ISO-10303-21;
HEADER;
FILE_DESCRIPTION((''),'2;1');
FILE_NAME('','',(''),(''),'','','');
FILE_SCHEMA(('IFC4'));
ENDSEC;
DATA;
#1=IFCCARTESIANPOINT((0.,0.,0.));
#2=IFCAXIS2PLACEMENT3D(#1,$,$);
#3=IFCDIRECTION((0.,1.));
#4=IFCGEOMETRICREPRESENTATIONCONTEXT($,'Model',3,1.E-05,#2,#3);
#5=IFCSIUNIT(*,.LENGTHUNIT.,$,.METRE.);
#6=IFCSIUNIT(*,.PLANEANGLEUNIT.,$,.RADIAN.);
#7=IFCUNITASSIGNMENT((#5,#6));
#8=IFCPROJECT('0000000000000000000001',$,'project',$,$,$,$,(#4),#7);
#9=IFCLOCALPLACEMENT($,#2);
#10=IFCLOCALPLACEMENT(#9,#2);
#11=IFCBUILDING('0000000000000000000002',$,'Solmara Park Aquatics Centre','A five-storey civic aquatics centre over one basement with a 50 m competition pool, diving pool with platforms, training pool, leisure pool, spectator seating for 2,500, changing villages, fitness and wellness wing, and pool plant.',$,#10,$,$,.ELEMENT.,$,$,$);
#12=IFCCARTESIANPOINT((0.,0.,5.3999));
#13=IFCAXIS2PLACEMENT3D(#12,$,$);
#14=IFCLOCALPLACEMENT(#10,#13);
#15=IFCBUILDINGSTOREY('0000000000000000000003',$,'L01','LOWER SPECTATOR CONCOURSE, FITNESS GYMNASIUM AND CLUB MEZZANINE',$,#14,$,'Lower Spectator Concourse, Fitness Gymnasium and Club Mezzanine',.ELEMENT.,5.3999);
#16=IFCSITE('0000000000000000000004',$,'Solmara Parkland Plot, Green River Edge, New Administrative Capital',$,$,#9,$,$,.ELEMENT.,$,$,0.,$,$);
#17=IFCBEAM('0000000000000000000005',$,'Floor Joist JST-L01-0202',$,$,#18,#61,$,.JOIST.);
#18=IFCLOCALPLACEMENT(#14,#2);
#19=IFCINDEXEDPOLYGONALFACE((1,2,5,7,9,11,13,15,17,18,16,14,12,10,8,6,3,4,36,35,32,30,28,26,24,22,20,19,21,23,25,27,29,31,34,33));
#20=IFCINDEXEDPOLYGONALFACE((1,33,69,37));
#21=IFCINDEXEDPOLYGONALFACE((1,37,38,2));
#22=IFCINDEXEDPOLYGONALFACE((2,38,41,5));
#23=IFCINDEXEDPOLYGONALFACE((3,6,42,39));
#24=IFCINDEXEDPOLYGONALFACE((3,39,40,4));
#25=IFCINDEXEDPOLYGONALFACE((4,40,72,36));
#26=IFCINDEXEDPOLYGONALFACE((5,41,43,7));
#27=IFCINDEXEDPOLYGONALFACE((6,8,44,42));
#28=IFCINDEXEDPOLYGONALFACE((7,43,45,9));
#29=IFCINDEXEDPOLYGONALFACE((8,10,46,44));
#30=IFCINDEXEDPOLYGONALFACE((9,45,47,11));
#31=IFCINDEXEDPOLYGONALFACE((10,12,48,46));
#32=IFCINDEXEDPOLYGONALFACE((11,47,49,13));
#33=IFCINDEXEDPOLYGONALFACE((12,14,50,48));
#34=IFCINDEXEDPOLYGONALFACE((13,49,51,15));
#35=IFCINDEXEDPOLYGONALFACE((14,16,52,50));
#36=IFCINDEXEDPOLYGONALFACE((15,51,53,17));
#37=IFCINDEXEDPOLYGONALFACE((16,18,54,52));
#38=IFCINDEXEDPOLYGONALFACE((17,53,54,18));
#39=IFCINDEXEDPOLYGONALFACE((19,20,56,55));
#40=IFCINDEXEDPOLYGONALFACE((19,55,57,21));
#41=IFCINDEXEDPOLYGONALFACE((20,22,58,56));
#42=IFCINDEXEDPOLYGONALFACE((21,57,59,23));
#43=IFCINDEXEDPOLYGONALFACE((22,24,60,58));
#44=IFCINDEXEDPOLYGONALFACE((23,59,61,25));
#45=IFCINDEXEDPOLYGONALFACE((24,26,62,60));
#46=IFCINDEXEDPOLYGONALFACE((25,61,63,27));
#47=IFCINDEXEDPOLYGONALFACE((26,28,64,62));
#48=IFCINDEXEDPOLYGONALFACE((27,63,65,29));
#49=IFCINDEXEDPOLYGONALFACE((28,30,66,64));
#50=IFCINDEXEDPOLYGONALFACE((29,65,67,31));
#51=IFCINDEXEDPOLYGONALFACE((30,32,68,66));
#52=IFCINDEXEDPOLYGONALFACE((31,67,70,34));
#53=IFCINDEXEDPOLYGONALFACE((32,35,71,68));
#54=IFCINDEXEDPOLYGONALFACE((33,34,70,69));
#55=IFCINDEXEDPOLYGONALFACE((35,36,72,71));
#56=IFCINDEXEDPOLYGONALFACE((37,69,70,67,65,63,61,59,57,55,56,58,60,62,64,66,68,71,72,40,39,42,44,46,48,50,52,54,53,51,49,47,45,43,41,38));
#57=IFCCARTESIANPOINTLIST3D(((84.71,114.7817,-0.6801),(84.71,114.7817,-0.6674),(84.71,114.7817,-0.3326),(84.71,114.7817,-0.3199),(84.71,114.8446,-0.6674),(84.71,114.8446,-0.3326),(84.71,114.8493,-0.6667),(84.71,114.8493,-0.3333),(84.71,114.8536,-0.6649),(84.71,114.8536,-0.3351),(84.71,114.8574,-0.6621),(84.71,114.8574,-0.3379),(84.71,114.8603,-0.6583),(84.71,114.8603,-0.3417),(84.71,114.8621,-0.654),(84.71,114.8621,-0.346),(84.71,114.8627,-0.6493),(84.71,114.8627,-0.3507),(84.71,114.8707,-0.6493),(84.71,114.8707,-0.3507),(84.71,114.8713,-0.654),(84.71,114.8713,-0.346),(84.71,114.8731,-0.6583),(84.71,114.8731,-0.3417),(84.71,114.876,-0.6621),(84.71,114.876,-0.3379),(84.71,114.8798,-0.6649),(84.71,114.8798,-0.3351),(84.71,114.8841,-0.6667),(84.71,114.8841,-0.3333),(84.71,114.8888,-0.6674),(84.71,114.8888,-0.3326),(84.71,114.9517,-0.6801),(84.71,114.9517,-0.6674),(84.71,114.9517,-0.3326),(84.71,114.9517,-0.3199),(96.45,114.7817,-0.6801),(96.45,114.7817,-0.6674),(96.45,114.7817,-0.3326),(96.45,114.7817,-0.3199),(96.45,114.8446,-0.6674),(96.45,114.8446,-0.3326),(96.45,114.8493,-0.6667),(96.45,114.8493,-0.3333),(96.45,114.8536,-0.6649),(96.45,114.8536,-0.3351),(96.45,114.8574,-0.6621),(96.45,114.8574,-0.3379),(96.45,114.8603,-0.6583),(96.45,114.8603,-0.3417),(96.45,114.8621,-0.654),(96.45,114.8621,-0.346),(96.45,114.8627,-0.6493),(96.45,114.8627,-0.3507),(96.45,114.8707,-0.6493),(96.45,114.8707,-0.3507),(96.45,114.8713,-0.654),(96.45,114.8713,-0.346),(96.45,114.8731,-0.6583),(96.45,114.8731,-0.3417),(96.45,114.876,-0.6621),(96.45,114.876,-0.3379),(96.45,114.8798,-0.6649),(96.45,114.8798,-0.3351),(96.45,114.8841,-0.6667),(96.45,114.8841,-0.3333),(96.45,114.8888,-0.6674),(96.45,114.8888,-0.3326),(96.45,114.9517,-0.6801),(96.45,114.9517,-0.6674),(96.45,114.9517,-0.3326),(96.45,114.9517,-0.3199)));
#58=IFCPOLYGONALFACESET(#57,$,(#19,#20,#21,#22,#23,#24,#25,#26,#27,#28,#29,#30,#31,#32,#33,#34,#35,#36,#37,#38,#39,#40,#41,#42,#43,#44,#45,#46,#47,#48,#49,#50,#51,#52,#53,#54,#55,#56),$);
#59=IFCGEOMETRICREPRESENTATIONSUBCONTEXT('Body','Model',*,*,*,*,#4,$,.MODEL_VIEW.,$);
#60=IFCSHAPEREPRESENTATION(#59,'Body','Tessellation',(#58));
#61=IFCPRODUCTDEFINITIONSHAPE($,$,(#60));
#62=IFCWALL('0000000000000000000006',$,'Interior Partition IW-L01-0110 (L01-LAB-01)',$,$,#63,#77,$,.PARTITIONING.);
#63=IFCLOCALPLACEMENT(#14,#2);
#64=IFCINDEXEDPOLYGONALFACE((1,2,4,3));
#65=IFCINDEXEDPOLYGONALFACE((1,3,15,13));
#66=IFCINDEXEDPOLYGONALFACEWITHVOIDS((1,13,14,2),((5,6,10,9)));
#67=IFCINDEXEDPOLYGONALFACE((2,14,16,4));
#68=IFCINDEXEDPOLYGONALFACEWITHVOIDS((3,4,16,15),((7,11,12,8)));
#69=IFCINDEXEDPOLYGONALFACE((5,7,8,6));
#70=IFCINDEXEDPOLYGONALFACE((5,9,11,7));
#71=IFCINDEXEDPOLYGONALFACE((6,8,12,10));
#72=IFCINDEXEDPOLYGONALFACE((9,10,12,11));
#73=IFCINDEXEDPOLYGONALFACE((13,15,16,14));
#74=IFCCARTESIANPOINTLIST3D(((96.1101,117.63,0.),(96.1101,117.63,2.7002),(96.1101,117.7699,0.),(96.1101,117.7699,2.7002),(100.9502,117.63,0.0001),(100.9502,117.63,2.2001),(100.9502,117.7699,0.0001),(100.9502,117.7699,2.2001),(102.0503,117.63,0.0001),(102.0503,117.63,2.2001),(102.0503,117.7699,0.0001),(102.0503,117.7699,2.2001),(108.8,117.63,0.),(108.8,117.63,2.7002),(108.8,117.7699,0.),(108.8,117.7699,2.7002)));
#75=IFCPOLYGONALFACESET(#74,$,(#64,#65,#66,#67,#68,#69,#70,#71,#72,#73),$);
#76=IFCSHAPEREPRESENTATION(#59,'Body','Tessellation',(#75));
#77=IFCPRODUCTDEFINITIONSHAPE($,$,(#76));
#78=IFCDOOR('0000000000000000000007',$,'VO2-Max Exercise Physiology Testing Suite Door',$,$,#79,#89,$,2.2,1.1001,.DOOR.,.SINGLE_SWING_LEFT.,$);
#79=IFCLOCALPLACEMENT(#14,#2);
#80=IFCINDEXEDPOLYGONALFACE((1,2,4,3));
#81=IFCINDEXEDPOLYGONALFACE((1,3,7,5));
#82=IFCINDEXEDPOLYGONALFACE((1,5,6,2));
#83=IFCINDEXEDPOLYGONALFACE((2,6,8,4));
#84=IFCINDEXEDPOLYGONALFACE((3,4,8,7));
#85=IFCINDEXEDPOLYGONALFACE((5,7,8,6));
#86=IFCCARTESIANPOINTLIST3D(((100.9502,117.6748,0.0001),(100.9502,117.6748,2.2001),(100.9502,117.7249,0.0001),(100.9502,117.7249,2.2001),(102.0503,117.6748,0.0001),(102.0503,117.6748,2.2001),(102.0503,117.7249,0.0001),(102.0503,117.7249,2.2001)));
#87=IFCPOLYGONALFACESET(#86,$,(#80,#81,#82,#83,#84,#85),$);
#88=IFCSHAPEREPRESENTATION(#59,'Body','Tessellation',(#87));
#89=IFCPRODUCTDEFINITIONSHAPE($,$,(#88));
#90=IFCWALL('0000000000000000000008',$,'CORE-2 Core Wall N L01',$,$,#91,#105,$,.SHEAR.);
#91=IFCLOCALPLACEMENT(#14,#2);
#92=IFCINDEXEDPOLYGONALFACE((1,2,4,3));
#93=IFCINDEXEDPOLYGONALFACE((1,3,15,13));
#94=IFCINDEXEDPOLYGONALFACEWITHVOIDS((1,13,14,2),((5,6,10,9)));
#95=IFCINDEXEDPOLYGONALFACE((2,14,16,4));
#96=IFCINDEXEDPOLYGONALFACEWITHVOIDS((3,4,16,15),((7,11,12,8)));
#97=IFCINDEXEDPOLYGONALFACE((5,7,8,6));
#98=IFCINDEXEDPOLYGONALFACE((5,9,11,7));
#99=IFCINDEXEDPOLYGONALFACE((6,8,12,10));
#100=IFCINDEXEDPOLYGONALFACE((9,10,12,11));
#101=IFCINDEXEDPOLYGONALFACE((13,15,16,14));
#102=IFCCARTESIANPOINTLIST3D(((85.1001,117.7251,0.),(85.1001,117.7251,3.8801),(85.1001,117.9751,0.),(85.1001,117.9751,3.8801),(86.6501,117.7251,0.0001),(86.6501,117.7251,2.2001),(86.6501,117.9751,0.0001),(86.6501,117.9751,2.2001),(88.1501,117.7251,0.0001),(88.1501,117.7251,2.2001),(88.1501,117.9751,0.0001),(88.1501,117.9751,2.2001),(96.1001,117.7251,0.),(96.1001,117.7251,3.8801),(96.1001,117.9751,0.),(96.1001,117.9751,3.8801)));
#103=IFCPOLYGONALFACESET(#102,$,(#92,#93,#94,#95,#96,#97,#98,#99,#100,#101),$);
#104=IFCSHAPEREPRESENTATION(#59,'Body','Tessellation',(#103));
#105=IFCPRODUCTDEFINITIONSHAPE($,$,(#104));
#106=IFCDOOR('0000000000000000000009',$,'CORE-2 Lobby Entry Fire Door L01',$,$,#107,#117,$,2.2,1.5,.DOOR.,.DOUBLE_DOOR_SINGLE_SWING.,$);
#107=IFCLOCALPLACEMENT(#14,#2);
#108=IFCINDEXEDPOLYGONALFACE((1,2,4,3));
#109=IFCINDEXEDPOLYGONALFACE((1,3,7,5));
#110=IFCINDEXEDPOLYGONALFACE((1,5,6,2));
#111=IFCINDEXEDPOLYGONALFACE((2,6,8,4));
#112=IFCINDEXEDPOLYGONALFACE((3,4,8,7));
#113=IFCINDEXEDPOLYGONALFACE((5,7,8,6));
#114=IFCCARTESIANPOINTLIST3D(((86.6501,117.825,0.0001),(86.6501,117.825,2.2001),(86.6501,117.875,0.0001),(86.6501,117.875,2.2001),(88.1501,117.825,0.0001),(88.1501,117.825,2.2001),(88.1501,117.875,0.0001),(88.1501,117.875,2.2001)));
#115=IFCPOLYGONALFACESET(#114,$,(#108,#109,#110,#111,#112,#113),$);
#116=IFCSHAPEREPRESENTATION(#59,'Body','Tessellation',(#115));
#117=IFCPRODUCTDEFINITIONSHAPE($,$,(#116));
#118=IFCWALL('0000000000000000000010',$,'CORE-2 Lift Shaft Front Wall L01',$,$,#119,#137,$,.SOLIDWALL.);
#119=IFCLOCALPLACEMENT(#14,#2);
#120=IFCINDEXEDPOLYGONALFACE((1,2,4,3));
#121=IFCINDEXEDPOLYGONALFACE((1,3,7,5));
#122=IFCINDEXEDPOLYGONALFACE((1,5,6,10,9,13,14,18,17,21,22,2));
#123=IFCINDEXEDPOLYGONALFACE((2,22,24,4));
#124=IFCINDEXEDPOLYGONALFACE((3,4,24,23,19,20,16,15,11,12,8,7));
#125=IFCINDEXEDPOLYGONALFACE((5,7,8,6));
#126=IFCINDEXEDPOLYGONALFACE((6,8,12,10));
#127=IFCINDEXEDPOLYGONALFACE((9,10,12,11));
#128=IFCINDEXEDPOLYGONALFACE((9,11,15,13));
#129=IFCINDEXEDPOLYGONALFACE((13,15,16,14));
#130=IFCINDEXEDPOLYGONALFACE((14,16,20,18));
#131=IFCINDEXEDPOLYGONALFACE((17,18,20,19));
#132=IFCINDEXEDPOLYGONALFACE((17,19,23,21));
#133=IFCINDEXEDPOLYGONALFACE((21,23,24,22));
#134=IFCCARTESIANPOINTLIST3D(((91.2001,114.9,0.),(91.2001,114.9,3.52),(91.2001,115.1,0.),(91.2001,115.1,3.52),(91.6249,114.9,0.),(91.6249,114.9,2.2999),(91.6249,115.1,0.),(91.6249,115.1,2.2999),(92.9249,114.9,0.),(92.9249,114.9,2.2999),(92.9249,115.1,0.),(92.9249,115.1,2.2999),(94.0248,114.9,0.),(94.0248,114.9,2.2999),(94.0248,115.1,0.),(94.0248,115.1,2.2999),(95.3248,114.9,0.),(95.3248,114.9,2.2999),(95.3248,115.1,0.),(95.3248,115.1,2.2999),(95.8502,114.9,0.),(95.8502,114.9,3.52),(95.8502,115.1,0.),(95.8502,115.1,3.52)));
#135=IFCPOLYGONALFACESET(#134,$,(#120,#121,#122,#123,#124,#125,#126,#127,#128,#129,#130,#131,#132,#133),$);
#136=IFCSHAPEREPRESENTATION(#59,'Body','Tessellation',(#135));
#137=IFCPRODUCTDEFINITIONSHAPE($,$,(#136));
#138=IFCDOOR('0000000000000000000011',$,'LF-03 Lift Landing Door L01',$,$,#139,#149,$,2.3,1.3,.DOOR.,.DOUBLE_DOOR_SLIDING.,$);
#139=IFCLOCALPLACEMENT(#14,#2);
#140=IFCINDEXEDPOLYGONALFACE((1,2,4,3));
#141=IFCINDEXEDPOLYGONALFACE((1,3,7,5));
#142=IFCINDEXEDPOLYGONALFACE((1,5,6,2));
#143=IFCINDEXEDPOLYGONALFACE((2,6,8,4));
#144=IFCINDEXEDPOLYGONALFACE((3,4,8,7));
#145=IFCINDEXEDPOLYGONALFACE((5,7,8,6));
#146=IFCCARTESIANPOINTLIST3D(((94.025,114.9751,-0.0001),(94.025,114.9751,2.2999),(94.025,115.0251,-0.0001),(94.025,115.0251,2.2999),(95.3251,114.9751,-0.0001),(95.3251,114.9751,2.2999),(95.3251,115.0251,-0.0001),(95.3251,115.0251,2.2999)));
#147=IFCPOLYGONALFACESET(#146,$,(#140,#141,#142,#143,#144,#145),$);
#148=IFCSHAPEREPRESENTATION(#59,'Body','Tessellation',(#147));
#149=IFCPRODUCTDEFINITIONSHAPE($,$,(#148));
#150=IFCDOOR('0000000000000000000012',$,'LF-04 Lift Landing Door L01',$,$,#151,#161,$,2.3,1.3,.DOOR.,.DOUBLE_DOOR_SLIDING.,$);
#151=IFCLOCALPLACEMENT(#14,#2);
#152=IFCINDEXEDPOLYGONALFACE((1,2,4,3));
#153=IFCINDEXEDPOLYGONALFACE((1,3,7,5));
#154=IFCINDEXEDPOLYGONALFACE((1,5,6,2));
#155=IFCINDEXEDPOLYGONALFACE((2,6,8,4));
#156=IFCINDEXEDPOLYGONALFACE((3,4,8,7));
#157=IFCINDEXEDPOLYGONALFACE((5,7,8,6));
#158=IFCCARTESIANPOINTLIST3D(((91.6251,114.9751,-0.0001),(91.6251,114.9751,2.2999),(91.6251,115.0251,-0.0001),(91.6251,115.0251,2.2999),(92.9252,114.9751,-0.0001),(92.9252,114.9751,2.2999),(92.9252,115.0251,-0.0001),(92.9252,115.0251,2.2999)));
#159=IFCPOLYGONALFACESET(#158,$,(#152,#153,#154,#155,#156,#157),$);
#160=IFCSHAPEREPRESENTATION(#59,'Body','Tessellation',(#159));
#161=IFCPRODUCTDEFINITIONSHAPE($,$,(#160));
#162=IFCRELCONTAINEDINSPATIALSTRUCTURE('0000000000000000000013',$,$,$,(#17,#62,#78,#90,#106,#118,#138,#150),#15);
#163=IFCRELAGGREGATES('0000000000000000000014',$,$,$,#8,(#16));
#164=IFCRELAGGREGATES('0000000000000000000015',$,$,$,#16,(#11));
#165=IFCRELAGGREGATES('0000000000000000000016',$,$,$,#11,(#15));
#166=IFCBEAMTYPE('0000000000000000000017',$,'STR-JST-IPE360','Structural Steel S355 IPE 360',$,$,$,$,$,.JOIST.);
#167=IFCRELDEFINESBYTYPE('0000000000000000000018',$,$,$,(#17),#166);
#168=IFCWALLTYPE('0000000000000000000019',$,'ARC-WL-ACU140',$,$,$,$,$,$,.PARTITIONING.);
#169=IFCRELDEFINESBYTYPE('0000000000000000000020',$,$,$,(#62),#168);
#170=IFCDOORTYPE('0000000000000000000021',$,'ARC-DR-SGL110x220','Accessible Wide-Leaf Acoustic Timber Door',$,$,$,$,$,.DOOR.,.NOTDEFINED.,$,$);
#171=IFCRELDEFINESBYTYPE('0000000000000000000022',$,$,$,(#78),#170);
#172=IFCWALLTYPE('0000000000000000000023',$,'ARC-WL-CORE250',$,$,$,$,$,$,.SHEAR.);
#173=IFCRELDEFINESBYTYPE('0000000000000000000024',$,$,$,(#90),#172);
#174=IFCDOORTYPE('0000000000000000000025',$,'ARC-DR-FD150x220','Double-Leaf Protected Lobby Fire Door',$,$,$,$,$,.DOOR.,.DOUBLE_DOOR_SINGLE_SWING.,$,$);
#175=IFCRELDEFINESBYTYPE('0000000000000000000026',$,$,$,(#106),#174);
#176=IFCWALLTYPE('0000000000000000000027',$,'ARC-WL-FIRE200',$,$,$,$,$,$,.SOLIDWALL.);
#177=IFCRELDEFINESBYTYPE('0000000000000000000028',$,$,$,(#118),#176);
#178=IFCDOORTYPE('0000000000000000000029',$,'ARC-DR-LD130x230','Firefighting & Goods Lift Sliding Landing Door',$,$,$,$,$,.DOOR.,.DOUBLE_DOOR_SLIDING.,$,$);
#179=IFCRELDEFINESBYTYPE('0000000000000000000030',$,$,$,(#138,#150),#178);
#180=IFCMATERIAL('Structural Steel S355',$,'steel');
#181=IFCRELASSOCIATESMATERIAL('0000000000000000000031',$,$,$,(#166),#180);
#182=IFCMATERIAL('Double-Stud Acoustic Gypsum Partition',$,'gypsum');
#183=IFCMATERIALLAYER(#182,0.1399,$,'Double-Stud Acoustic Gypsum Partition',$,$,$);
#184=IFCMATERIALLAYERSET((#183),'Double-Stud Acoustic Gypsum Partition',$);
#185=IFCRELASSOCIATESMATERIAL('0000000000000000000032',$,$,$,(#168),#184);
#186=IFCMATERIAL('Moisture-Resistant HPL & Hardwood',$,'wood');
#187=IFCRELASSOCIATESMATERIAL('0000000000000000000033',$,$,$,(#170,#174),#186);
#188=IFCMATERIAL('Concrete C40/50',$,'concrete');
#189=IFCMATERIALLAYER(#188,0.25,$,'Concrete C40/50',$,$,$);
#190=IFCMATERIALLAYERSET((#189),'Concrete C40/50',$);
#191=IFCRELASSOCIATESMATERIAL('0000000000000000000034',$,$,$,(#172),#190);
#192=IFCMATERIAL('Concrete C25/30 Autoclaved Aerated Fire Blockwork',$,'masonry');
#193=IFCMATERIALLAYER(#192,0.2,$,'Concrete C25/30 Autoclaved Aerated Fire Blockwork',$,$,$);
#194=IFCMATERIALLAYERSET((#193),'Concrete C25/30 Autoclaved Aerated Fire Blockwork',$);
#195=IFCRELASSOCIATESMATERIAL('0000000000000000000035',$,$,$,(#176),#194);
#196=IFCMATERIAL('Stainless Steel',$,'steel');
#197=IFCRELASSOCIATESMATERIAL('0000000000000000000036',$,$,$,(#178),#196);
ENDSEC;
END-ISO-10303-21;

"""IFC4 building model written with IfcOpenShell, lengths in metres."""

from ifc_helpers import new_model, si_unit, direction, frame, frame_2d, origin, origin_2d, place, context, subcontext, project, spatial, rectangle, i_section, extrude, material, layer, layer_set, material_profile, profile_set, type_object, element, fill, save


model = new_model("IFC4")

# Units and contexts
model_context = context("Model", 3, precision=1e-05, world=origin(), true_north=direction((0.0, 1.0)))
body_context = subcontext(model_context, "Body", "Model", "MODEL_VIEW")
ifc_project = project(units=[si_unit("LENGTHUNIT", "METRE"), si_unit("PLANEANGLEUNIT", "RADIAN")], contexts=[model_context])

# Site, building, storey
site_placement = place(None, origin())
site = spatial("IfcSite", under=ifc_project, at=site_placement, Name="Solmara Parkland Plot, Green River Edge, New Administrative Capital", CompositionType="ELEMENT", RefElevation=0.0)
building_placement = place(site_placement, origin())
building = spatial("IfcBuilding", under=site, at=building_placement, Name="Solmara Park Aquatics Centre", Description="A five-storey civic aquatics centre over one basement with a 50 m competition pool, diving pool with platforms, training pool, leisure pool, spectator seating for 2,500, changing villages, fitness and wellness wing, and pool plant.", CompositionType="ELEMENT")
storey_placement = place(building_placement, frame((0.0, 0.0, 5.3999)))
storey = spatial("IfcBuildingStorey", under=building, at=storey_placement, Name="L01", Description="LOWER SPECTATOR CONCOURSE, FITNESS GYMNASIUM AND CLUB MEZZANINE", LongName="Lower Spectator Concourse, Fitness Gymnasium and Club Mezzanine", CompositionType="ELEMENT", Elevation=5.3999)

# Shared definitions
ifc_material_1 = material(Name="Concrete C40/50", Category="concrete")

# Beam
ifc_material_2 = material(Name="Structural Steel S355", Category="steel")
ifc_material_profile_1 = material_profile(ifc_material_2, i_section(OverallWidth=0.1699, OverallDepth=0.3601, WebThickness=0.0081, FlangeThickness=0.0127, FilletRadius=0.0181, at=origin_2d()), Name="IPE 360")
ifc_profile_set_1 = profile_set([ifc_material_profile_1], Name="Structural Steel S355")
beam_type_1 = type_object("IfcBeamType", Name="STR-JST-IPE360", Description="Structural Steel S355 IPE 360", PredefinedType="JOIST", material=ifc_profile_set_1)
beam_1_placement = place(storey_placement, frame((84.71, 114.8667, -0.5), z_axis=(1.0, 0.0, 0.0), x_axis=(0.0, 1.0, 0.0)))
element("IfcBeam", 1, at=beam_1_placement, inside=storey, type_object=beam_type_1, Name="Floor Joist JST-L01-0202", PredefinedType="JOIST", context=body_context, shape_type="SweptSolid", body=[
    extrude(i_section(OverallWidth=0.1699, OverallDepth=0.3601, WebThickness=0.0081, FlangeThickness=0.0127, FilletRadius=0.0181, at=origin_2d()), origin(), (0.0, 0.0, 1.0), 11.74),
])

# Walls, openings, doors
ifc_material_3 = material(Name="Double-Stud Acoustic Gypsum Partition", Category="gypsum")
ifc_layer_1 = layer(ifc_material_3, 0.1399, Name="Double-Stud Acoustic Gypsum Partition")
ifc_layer_set_1 = layer_set([ifc_layer_1], Name="Double-Stud Acoustic Gypsum Partition")
wall_type_1 = type_object("IfcWallType", Name="ARC-WL-ACU140", PredefinedType="PARTITIONING", material=ifc_layer_set_1)
wall_1_placement = place(storey_placement, frame((96.1101, 117.7, 0.0), z_axis=(0.0, 0.0, 1.0), x_axis=(1.0, 0.0, 0.0)))
wall_1 = element("IfcWall", 2, at=wall_1_placement, inside=storey, type_object=wall_type_1, Name="Interior Partition IW-L01-0110 (L01-LAB-01)", PredefinedType="PARTITIONING", context=body_context, shape_type="SweptSolid", body=[
    extrude(rectangle(XDim=12.6899, YDim=0.1399, at=frame_2d((6.345, 0.0))), origin(), (0.0, 0.0, 1.0), 2.7002),
])
opening_1_placement = place(wall_1_placement, frame((4.8401, 0.0, 0.0)))
opening_1 = element("IfcOpeningElement", 3, at=opening_1_placement, cuts=wall_1, PredefinedType="OPENING", context=body_context, shape_type="SweptSolid", body=[
    extrude(rectangle(XDim=1.1001, YDim=2.2, at=frame_2d((0.55, 1.1001))), frame((0.0, 0.0798, 0.0), z_axis=(0.0, -1.0, 0.0), x_axis=(1.0, 0.0, 0.0)), (0.0, 0.0, 1.0), 0.1599),
])
ifc_material_4 = material(Name="Moisture-Resistant HPL & Hardwood", Category="wood")
door_type_1 = type_object("IfcDoorType", Name="ARC-DR-SGL110x220", Description="Accessible Wide-Leaf Acoustic Timber Door", OperationType="NOTDEFINED", PredefinedType="DOOR", material=ifc_material_4)
door_1_placement = place(opening_1_placement, origin())
door_1 = element("IfcDoor", 4, at=door_1_placement, inside=storey, type_object=door_type_1, Name="VO2-Max Exercise Physiology Testing Suite Door", OperationType="SINGLE_SWING_LEFT", OverallHeight=2.2, OverallWidth=1.1001, PredefinedType="DOOR", context=body_context, shape_type="SweptSolid", body=[
    extrude(rectangle(XDim=1.1001, YDim=2.2, at=frame_2d((0.55, 1.1001))), frame((0.0, 0.0249, 0.0), z_axis=(0.0, -1.0, 0.0), x_axis=(1.0, 0.0, 0.0)), (0.0, 0.0, 1.0), 0.05),
])
fill(opening_1, door_1)
ifc_layer_2 = layer(ifc_material_1, 0.25, Name="Concrete C40/50")
ifc_layer_set_2 = layer_set([ifc_layer_2], Name="Concrete C40/50")
wall_type_2 = type_object("IfcWallType", Name="ARC-WL-CORE250", PredefinedType="SHEAR", material=ifc_layer_set_2)
wall_2_placement = place(storey_placement, frame((85.1001, 117.8501, 0.0), z_axis=(0.0, 0.0, 1.0), x_axis=(1.0, 0.0, 0.0)))
wall_2 = element("IfcWall", 5, at=wall_2_placement, inside=storey, type_object=wall_type_2, Name="CORE-2 Core Wall N L01", PredefinedType="SHEAR", context=body_context, shape_type="SweptSolid", body=[
    extrude(rectangle(XDim=11.0, YDim=0.25, at=frame_2d((5.5, 0.0))), origin(), (0.0, 0.0, 1.0), 3.8801),
])
opening_2_placement = place(wall_2_placement, frame((1.55, 0.0, 0.0)))
opening_2 = element("IfcOpeningElement", 6, at=opening_2_placement, cuts=wall_2, PredefinedType="OPENING", context=body_context, shape_type="SweptSolid", body=[
    extrude(rectangle(XDim=1.5, YDim=2.2, at=frame_2d((0.75, 1.1001))), frame((0.0, 0.135, 0.0), z_axis=(0.0, -1.0, 0.0), x_axis=(1.0, 0.0, 0.0)), (0.0, 0.0, 1.0), 0.27),
])
door_type_2 = type_object("IfcDoorType", Name="ARC-DR-FD150x220", Description="Double-Leaf Protected Lobby Fire Door", OperationType="DOUBLE_DOOR_SINGLE_SWING", PredefinedType="DOOR", material=ifc_material_4)
door_2_placement = place(opening_2_placement, origin())
door_2 = element("IfcDoor", 7, at=door_2_placement, inside=storey, type_object=door_type_2, Name="CORE-2 Lobby Entry Fire Door L01", OperationType="DOUBLE_DOOR_SINGLE_SWING", OverallHeight=2.2, OverallWidth=1.5, PredefinedType="DOOR", context=body_context, shape_type="SweptSolid", body=[
    extrude(rectangle(XDim=1.5, YDim=2.2, at=frame_2d((0.75, 1.1001))), frame((0.0, 0.0249, 0.0), z_axis=(0.0, -1.0, 0.0), x_axis=(1.0, 0.0, 0.0)), (0.0, 0.0, 1.0), 0.05),
])
fill(opening_2, door_2)

# Wall, openings, doors
ifc_material_5 = material(Name="Concrete C25/30 Autoclaved Aerated Fire Blockwork", Category="masonry")
ifc_layer_3 = layer(ifc_material_5, 0.2, Name="Concrete C25/30 Autoclaved Aerated Fire Blockwork")
ifc_layer_set_3 = layer_set([ifc_layer_3], Name="Concrete C25/30 Autoclaved Aerated Fire Blockwork")
wall_type_3 = type_object("IfcWallType", Name="ARC-WL-FIRE200", PredefinedType="SOLIDWALL", material=ifc_layer_set_3)
wall_3_placement = place(storey_placement, frame((91.2, 115.0, 0.0), z_axis=(0.0, 0.0, 1.0), x_axis=(1.0, 0.0, 0.0)))
wall_3 = element("IfcWall", 8, at=wall_3_placement, inside=storey, type_object=wall_type_3, Name="CORE-2 Lift Shaft Front Wall L01", PredefinedType="SOLIDWALL", context=body_context, shape_type="SweptSolid", body=[
    extrude(rectangle(XDim=4.6501, YDim=0.2, at=frame_2d((2.3252, 0.0))), origin(), (0.0, 0.0, 1.0), 3.52),
])
opening_3_placement = place(wall_3_placement, frame((2.825, 0.0, 0.0)))
opening_3 = element("IfcOpeningElement", 9, at=opening_3_placement, cuts=wall_3, PredefinedType="OPENING", context=body_context, shape_type="SweptSolid", body=[
    extrude(rectangle(XDim=1.3, YDim=2.3, at=frame_2d((0.6499, 1.1499))), frame((0.0, 0.1099, 0.0), z_axis=(0.0, -1.0, 0.0), x_axis=(1.0, 0.0, 0.0)), (0.0, 0.0, 1.0), 0.22),
])
opening_4_placement = place(wall_3_placement, frame((0.425, 0.0, 0.0)))
opening_4 = element("IfcOpeningElement", 10, at=opening_4_placement, cuts=wall_3, PredefinedType="OPENING", context=body_context, shape_type="SweptSolid", body=[
    extrude(rectangle(XDim=1.3, YDim=2.3, at=frame_2d((0.6499, 1.1499))), frame((0.0, 0.1099, 0.0), z_axis=(0.0, -1.0, 0.0), x_axis=(1.0, 0.0, 0.0)), (0.0, 0.0, 1.0), 0.22),
])
ifc_material_6 = material(Name="Stainless Steel", Category="steel")
door_type_3 = type_object("IfcDoorType", Name="ARC-DR-LD130x230", Description="Firefighting & Goods Lift Sliding Landing Door", OperationType="DOUBLE_DOOR_SLIDING", PredefinedType="DOOR", material=ifc_material_6)
door_3_placement = place(opening_3_placement, frame((1.3, 0.0, 0.0), z_axis=(0.0, 0.0, 1.0), x_axis=(-1.0, 0.0, 0.0)))
door_3 = element("IfcDoor", 11, at=door_3_placement, inside=storey, type_object=door_type_3, Name="LF-03 Lift Landing Door L01", OperationType="DOUBLE_DOOR_SLIDING", OverallHeight=2.3, OverallWidth=1.3, PredefinedType="DOOR", context=body_context, shape_type="SweptSolid", body=[
    extrude(rectangle(XDim=1.3, YDim=2.3, at=frame_2d((0.6499, 1.1499))), frame((0.0, 0.0249, 0.0), z_axis=(0.0, -1.0, 0.0), x_axis=(1.0, 0.0, 0.0)), (0.0, 0.0, 1.0), 0.05),
])
fill(opening_3, door_3)
door_4_placement = place(opening_4_placement, frame((1.3, 0.0, 0.0), z_axis=(0.0, 0.0, 1.0), x_axis=(-1.0, 0.0, 0.0)))
door_4 = element("IfcDoor", 12, at=door_4_placement, inside=storey, type_object=door_type_3, Name="LF-04 Lift Landing Door L01", OperationType="DOUBLE_DOOR_SLIDING", OverallHeight=2.3, OverallWidth=1.3, PredefinedType="DOOR", context=body_context, shape_type="SweptSolid", body=[
    extrude(rectangle(XDim=1.3, YDim=2.3, at=frame_2d((0.6499, 1.1499))), frame((0.0, 0.0249, 0.0), z_axis=(0.0, -1.0, 0.0), x_axis=(1.0, 0.0, 0.0)), (0.0, 0.0, 1.0), 0.05),
])
fill(opening_4, door_4)

save(model, "model.ifc")
